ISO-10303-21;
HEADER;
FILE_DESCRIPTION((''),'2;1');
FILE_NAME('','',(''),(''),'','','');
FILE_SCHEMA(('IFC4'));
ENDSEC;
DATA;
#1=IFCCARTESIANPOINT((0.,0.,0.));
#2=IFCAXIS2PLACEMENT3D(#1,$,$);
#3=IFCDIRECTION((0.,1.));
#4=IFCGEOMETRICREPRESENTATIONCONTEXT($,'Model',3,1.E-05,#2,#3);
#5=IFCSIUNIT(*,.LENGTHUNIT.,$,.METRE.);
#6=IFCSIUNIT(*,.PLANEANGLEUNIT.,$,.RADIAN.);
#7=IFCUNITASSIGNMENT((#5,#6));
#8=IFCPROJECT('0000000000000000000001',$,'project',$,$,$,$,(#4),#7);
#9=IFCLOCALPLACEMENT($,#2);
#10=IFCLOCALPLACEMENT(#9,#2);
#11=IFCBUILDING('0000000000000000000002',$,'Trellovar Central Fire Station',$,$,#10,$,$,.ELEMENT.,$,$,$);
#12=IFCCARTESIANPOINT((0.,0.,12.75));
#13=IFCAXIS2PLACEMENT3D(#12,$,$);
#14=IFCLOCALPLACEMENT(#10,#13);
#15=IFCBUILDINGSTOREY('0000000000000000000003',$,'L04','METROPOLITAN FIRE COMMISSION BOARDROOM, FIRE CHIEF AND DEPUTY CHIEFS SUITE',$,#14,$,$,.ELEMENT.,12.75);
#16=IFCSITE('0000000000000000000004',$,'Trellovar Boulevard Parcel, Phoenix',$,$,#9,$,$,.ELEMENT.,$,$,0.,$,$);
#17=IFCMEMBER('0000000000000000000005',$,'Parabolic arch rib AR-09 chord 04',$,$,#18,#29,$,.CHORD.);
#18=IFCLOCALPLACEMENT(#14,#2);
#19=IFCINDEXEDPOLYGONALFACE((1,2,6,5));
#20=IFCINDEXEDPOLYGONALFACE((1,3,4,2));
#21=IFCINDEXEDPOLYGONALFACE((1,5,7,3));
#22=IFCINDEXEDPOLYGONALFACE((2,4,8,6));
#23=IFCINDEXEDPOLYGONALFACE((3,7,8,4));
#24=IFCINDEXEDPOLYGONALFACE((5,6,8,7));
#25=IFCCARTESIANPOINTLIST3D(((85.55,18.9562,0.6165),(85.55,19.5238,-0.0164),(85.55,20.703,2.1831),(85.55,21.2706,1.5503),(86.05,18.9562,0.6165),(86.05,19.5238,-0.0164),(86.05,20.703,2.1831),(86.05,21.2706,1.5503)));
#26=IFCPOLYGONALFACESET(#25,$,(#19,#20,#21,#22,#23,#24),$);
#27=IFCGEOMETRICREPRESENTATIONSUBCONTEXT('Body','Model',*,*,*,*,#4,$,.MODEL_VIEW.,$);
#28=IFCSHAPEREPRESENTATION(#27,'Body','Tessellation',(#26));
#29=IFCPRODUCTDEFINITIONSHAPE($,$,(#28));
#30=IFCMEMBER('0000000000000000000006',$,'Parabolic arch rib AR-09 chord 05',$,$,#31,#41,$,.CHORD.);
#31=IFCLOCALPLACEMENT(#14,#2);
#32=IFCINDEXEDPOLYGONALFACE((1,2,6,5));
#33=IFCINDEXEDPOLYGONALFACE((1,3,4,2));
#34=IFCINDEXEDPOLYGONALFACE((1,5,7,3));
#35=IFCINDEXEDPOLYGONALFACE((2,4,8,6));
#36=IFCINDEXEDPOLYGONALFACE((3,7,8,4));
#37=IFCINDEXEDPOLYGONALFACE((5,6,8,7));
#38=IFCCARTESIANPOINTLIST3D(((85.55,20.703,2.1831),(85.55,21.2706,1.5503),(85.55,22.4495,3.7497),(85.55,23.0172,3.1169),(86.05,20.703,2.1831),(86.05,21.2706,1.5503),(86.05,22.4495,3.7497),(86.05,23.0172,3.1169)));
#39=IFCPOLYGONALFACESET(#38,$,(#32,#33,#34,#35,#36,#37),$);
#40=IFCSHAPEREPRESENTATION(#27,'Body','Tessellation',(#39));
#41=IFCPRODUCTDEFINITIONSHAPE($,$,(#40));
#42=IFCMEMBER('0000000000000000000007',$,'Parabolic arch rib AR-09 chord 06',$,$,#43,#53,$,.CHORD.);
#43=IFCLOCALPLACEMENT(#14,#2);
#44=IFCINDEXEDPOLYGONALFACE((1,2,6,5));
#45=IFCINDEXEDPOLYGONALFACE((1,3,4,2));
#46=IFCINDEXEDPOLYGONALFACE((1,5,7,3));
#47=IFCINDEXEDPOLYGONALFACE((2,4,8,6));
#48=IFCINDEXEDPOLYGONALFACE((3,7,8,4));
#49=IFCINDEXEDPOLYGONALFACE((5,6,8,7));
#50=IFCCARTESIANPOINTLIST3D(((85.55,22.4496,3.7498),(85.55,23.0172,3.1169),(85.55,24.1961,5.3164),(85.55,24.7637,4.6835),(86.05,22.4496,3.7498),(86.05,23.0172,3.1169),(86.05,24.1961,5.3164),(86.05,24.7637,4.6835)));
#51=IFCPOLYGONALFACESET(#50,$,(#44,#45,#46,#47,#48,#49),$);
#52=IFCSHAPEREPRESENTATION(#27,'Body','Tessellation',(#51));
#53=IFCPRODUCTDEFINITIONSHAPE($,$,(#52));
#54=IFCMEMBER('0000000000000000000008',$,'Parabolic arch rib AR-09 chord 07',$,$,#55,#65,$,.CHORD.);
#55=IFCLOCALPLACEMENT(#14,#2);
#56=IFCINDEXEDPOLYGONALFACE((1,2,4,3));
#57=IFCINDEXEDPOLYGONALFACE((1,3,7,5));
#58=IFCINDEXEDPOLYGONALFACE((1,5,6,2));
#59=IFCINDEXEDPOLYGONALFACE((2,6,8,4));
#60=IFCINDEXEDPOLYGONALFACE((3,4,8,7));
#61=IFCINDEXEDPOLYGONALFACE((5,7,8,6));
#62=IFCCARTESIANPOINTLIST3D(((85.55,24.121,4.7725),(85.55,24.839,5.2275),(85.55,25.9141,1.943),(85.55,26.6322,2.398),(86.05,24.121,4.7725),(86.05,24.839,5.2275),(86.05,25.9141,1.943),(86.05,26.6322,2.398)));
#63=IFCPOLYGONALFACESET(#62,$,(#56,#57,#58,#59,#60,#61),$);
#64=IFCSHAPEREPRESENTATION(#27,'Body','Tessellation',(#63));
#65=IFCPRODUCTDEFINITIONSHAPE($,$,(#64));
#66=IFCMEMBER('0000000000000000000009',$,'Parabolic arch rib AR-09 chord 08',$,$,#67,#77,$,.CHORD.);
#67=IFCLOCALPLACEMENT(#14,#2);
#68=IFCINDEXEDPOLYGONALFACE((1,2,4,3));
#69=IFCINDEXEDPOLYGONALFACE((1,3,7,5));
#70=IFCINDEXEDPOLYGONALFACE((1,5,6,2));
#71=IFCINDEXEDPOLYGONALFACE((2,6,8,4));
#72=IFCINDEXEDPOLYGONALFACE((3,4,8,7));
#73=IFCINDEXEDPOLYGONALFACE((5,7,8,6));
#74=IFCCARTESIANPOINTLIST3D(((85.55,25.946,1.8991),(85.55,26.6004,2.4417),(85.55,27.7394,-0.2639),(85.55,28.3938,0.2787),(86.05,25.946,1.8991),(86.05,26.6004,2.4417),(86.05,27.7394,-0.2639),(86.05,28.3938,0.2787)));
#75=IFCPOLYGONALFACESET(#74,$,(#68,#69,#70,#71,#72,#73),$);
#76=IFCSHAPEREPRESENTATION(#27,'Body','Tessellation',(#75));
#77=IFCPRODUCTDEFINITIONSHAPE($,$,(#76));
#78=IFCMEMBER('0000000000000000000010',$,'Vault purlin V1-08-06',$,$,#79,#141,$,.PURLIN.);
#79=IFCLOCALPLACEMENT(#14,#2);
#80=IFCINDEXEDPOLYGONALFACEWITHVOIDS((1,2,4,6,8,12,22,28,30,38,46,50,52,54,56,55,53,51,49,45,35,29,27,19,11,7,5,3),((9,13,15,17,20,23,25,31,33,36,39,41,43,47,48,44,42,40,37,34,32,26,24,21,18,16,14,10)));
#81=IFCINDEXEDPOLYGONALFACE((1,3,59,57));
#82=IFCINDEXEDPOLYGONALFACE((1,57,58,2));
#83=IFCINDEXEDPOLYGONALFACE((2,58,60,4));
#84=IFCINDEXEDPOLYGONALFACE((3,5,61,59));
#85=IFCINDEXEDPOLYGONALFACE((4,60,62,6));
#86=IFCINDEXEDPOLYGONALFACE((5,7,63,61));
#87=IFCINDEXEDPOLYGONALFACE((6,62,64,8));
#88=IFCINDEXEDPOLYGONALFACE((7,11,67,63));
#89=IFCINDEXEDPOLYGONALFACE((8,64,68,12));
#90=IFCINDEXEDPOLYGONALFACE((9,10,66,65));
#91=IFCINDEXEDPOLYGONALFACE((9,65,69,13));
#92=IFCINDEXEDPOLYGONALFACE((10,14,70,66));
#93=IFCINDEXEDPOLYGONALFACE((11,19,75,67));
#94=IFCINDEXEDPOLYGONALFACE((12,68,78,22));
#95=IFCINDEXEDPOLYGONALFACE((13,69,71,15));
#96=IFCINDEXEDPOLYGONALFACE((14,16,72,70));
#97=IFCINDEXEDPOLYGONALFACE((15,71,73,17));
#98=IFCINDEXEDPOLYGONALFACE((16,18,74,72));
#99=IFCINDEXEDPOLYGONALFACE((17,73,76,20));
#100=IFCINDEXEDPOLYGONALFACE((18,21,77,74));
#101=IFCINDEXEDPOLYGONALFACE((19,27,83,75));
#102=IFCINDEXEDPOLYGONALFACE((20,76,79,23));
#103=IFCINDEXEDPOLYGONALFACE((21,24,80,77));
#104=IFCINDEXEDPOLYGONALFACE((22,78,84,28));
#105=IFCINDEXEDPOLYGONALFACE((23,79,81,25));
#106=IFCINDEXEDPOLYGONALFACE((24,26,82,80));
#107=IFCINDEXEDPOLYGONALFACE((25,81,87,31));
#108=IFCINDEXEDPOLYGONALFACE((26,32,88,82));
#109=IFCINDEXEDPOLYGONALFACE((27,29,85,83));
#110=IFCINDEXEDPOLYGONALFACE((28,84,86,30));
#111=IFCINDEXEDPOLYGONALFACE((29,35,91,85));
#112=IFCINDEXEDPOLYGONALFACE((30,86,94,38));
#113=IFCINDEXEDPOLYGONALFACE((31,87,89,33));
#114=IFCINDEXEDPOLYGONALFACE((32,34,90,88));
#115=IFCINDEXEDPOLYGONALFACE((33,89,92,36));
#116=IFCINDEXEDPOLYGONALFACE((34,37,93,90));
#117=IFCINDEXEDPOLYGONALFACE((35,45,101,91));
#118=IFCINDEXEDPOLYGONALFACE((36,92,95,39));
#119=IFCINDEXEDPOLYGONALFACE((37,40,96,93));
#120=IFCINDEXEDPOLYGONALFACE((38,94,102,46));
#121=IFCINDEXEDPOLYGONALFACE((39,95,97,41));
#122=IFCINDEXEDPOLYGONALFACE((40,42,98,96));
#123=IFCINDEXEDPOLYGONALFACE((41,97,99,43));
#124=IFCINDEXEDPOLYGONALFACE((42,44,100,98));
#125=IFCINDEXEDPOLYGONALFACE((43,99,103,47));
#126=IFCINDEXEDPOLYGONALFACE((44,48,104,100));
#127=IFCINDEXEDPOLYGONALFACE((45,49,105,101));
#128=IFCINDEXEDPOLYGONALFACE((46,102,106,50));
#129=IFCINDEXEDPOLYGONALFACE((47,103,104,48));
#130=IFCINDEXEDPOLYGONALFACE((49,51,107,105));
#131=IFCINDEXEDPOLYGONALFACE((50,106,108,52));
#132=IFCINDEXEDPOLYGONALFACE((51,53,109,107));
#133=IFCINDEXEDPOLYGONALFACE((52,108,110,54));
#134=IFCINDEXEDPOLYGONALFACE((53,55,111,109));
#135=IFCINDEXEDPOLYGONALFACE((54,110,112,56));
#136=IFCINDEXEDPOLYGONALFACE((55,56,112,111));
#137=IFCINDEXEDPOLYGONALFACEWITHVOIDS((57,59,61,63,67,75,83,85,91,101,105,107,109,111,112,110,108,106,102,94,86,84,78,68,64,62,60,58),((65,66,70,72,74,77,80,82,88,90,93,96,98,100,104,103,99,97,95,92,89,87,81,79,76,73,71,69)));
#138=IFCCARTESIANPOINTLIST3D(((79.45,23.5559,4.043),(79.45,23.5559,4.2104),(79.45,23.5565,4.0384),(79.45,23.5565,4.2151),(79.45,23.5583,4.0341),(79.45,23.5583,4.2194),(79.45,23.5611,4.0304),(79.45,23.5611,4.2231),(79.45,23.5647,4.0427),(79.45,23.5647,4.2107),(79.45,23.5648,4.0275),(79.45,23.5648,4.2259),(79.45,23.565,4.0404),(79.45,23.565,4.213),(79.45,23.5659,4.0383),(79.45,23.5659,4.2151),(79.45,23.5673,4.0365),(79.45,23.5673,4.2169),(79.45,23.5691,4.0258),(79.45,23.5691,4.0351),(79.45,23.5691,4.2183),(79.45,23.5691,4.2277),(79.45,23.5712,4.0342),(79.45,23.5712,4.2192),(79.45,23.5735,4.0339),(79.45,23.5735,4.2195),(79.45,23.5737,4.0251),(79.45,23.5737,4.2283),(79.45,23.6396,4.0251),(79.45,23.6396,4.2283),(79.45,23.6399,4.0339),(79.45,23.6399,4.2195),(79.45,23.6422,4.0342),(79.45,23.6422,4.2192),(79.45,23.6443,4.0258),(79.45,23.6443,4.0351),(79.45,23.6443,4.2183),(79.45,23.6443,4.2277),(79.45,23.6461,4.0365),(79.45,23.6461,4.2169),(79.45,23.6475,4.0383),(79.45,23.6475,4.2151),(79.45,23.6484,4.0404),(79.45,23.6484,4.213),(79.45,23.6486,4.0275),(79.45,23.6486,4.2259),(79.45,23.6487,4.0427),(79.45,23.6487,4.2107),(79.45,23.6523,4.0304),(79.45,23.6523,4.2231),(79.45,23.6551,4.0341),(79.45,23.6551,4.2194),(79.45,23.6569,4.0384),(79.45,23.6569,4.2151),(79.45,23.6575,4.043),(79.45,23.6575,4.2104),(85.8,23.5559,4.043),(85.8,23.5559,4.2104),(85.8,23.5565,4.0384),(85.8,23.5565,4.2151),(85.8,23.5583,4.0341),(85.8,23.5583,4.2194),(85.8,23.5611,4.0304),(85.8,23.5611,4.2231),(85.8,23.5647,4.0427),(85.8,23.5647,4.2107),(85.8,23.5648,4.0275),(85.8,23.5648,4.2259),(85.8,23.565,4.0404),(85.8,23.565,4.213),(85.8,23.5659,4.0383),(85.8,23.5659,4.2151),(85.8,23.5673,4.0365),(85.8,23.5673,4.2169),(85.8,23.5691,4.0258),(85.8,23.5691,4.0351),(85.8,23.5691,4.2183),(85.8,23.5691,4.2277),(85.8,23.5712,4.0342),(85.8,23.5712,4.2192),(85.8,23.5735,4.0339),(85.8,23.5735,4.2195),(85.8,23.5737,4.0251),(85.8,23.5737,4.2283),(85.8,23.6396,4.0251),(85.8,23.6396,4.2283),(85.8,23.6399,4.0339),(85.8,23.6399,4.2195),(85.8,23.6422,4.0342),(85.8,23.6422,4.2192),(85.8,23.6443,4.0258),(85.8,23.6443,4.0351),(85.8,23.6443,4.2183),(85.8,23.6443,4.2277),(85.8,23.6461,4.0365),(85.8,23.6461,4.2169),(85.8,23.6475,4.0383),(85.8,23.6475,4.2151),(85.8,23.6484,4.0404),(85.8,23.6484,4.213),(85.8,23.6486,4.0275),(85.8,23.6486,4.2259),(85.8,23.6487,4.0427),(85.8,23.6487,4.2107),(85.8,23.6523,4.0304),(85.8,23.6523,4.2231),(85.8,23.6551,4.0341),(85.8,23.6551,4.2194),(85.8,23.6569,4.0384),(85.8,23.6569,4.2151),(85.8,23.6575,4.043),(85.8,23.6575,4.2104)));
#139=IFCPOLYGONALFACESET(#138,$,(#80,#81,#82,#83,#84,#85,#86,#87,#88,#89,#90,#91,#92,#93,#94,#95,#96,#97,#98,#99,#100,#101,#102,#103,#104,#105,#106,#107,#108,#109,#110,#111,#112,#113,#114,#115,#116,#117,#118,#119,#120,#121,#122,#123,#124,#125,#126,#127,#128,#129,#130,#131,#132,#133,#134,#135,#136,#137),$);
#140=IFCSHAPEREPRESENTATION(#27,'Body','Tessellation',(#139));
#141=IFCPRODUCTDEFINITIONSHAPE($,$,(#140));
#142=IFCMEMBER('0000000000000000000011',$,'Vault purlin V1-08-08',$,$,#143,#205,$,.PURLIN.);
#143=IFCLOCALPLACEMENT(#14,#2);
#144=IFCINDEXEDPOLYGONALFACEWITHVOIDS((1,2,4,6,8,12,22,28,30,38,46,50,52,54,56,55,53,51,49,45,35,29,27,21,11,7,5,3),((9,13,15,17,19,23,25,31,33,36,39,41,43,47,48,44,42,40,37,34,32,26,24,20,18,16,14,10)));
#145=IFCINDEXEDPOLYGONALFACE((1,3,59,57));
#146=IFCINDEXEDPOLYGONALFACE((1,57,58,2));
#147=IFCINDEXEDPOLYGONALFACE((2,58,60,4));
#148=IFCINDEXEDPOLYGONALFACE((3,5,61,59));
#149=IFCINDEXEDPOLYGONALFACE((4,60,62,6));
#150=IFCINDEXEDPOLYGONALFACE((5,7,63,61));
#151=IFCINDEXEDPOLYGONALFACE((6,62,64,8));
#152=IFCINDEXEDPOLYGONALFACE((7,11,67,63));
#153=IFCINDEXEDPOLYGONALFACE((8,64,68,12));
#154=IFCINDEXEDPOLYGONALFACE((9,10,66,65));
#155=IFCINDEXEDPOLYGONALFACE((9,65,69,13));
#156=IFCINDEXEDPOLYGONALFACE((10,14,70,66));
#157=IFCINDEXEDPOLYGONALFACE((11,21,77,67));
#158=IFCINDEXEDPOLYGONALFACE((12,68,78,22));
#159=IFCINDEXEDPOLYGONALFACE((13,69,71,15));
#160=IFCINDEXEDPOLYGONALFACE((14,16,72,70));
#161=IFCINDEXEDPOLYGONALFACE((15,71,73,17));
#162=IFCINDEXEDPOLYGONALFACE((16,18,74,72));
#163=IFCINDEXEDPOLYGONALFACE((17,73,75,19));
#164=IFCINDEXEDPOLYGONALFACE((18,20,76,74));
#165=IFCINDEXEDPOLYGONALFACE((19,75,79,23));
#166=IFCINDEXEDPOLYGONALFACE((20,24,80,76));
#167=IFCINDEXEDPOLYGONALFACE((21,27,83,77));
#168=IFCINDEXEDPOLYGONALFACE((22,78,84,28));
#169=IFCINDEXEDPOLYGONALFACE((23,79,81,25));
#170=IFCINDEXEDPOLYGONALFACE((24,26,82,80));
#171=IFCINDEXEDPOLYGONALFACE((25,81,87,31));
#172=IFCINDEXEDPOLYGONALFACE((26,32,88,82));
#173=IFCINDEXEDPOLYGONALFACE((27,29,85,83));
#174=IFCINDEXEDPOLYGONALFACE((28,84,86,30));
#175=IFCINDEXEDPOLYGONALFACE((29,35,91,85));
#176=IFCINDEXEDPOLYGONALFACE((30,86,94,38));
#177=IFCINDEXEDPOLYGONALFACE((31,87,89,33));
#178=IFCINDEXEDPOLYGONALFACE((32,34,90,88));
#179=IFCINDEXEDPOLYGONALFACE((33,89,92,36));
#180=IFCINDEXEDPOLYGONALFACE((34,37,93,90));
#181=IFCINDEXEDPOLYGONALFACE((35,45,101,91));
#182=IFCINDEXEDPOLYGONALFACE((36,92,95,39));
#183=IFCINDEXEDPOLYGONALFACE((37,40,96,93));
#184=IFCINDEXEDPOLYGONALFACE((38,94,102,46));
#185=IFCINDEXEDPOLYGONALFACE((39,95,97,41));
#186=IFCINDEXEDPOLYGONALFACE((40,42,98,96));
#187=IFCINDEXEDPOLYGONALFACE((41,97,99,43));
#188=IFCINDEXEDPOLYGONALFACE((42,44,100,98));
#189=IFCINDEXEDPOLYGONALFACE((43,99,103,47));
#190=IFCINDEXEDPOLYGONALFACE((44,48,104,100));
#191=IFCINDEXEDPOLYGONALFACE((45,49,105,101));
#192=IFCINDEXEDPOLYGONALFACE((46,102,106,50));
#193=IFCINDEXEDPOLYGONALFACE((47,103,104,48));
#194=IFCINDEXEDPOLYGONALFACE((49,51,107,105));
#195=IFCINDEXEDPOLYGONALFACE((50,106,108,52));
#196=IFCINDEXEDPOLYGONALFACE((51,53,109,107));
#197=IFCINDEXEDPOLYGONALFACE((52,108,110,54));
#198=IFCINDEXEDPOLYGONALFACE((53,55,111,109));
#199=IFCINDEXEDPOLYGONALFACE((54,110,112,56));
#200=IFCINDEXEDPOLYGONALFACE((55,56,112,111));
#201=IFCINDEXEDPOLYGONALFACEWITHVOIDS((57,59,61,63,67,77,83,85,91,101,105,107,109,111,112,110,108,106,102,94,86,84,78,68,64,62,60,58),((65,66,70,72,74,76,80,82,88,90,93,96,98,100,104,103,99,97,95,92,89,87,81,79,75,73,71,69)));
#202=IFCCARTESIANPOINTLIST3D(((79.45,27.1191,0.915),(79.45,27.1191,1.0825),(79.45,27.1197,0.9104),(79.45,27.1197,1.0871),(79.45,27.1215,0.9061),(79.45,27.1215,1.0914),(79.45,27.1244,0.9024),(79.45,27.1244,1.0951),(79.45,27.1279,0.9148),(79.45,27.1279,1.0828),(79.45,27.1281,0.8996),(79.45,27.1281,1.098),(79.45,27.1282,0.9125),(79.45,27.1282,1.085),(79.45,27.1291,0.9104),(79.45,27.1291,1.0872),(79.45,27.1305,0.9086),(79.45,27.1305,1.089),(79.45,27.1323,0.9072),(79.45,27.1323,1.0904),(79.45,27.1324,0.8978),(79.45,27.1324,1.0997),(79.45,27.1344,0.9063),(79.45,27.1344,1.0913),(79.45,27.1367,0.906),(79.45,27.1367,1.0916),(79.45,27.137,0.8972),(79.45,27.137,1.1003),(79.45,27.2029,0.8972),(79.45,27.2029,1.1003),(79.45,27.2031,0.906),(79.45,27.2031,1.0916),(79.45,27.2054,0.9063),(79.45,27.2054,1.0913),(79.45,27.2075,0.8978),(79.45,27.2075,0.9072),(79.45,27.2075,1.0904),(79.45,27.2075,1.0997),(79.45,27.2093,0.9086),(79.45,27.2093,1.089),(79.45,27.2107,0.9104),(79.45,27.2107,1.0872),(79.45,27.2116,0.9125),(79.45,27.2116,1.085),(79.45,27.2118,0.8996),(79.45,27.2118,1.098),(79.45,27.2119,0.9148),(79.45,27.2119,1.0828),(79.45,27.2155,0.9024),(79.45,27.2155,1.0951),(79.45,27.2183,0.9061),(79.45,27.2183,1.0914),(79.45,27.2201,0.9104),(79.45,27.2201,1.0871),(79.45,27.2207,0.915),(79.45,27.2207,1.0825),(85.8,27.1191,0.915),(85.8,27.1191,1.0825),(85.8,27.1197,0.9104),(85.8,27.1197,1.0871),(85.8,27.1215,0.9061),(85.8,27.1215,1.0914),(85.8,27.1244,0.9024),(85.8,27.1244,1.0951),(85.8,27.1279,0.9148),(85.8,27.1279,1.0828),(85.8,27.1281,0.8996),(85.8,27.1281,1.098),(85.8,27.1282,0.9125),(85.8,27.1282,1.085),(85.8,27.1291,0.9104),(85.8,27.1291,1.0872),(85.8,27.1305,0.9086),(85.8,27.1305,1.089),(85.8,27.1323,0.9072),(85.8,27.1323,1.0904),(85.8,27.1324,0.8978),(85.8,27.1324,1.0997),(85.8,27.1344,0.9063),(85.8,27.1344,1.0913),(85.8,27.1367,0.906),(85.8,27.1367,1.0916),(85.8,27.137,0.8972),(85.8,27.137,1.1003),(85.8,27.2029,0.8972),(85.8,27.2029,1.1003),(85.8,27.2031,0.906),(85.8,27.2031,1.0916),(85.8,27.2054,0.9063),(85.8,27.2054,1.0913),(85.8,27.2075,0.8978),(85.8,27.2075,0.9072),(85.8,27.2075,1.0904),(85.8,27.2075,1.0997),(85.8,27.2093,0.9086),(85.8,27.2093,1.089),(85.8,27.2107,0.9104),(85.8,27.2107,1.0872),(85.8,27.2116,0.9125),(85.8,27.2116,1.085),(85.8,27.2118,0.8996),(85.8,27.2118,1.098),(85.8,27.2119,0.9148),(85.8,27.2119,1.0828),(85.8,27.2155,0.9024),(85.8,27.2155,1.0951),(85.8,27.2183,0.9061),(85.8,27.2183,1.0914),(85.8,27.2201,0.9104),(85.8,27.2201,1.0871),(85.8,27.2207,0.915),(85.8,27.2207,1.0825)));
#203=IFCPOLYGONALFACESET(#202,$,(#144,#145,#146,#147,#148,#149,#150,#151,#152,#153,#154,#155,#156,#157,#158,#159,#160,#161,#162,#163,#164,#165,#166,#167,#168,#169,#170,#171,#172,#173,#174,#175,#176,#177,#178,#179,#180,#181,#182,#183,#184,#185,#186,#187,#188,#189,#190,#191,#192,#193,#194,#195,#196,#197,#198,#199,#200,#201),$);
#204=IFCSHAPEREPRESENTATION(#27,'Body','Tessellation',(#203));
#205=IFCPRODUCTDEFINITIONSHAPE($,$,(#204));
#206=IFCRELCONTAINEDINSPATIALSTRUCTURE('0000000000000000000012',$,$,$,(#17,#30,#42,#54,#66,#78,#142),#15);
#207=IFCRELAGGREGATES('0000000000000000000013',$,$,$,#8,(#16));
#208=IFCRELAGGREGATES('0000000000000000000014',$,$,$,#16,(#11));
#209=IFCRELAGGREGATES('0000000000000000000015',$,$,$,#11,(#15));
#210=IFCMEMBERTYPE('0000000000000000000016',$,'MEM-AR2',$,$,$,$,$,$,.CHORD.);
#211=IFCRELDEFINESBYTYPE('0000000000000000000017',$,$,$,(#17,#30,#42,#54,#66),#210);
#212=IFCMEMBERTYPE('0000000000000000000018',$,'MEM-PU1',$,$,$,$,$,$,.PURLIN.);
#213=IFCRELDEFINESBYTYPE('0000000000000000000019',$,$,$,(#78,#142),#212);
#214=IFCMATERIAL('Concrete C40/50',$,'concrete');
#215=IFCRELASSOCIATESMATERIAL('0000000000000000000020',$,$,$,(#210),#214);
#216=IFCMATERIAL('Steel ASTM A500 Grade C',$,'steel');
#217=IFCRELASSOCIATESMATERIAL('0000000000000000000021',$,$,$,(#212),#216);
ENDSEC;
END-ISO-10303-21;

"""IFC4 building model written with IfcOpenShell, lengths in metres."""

from ifc_helpers import new_model, si_unit, direction, frame, origin, origin_2d, place, context, subcontext, project, spatial, rectangle, hollow_rectangle, extrude, material, material_profile, profile_set, type_object, element, save


model = new_model("IFC4")

# Units and contexts
model_context = context("Model", 3, precision=1e-05, world=origin(), true_north=direction((0.0, 1.0)))
body_context = subcontext(model_context, "Body", "Model", "MODEL_VIEW")
ifc_project = project(units=[si_unit("LENGTHUNIT", "METRE"), si_unit("PLANEANGLEUNIT", "RADIAN")], contexts=[model_context])

# Site, building, storey
site_placement = place(None, origin())
site = spatial("IfcSite", under=ifc_project, at=site_placement, Name="Trellovar Boulevard Parcel, Phoenix", CompositionType="ELEMENT", RefElevation=0.0)
building_placement = place(site_placement, origin())
building = spatial("IfcBuilding", under=site, at=building_placement, Name="Trellovar Central Fire Station", CompositionType="ELEMENT")
storey_placement = place(building_placement, frame((0.0, 0.0, 12.75)))
storey = spatial("IfcBuildingStorey", under=building, at=storey_placement, Name="L04", Description="METROPOLITAN FIRE COMMISSION BOARDROOM, FIRE CHIEF AND DEPUTY CHIEFS SUITE", CompositionType="ELEMENT", Elevation=12.75)

# Members
ifc_material_1 = material(Name="Concrete C40/50", Category="concrete")
ifc_material_profile_1 = material_profile(ifc_material_1, rectangle(XDim=0.5, YDim=0.8501, at=origin_2d()), Name="RC500X850")
ifc_profile_set_1 = profile_set([ifc_material_profile_1], Name="Concrete C40/50")
member_type_1 = type_object("IfcMemberType", Name="MEM-AR2", PredefinedType="CHORD", material=ifc_profile_set_1)
member_1_placement = place(storey_placement, frame((85.8, 19.24, 0.3), z_axis=(0.0, 0.744457, 0.66767), x_axis=(-1.0, 0.0, 0.0)))
element("IfcMember", 1, at=member_1_placement, inside=storey, type_object=member_type_1, Name="Parabolic arch rib AR-09 chord 04", PredefinedType="CHORD", context=body_context, shape_type="SweptSolid", body=[
    extrude(rectangle(XDim=0.5, YDim=0.8501, at=origin_2d()), origin(), (0.0, 0.0, 1.0), 2.3464),
])
for number, where, z_axis, x_axis, name in (
    (2, (85.8, 20.9868, 1.8667), (0.0, 0.744411, 0.667722), (-1.0, 0.0, 0.0), "Parabolic arch rib AR-09 chord 05"),
    (3, (85.8, 22.7334, 3.4333), (0.0, 0.744411, 0.667722), (-1.0, 0.0, 0.0), "Parabolic arch rib AR-09 chord 06"),
):
    element("IfcMember", number, at=place(storey_placement, frame(where, z_axis=z_axis, x_axis=x_axis)), inside=storey, type_object=member_type_1, Name=name, PredefinedType="CHORD", context=body_context, shape_type="SweptSolid", body=[
        extrude(rectangle(XDim=0.5, YDim=0.8501, at=origin_2d()), origin(), (0.0, 0.0, 1.0), 2.3462),
    ])
member_2_placement = place(storey_placement, frame((85.8, 24.48, 5.0), z_axis=(0.0, 0.535295, -0.844665), x_axis=(-1.0, 0.0, 0.0)))
element("IfcMember", 4, at=member_2_placement, inside=storey, type_object=member_type_1, Name="Parabolic arch rib AR-09 chord 07", PredefinedType="CHORD", context=body_context, shape_type="SweptSolid", body=[
    extrude(rectangle(XDim=0.5, YDim=0.8501, at=origin_2d()), origin(), (0.0, 0.0, 1.0), 3.3499),
])
member_3_placement = place(storey_placement, frame((85.8, 26.2732, 2.1704), z_axis=(0.0, 0.638268, -0.769814), x_axis=(-1.0, 0.0, 0.0)))
element("IfcMember", 5, at=member_3_placement, inside=storey, type_object=member_type_1, Name="Parabolic arch rib AR-09 chord 08", PredefinedType="CHORD", context=body_context, shape_type="SweptSolid", body=[
    extrude(rectangle(XDim=0.5, YDim=0.8501, at=origin_2d()), origin(), (0.0, 0.0, 1.0), 2.8098),
])
ifc_material_2 = material(Name="Steel ASTM A500 Grade C", Category="steel")
ifc_material_profile_2 = material_profile(ifc_material_2, hollow_rectangle(XDim=0.1016, YDim=0.2031, WallThickness=0.0088, InnerFilletRadius=0.0088, OuterFilletRadius=0.0178, at=origin_2d()), Name="HSS8X4X3/8")
ifc_profile_set_2 = profile_set([ifc_material_profile_2], Name="Steel ASTM A500 Grade C")
member_type_2 = type_object("IfcMemberType", Name="MEM-PU1", PredefinedType="PURLIN", material=ifc_profile_set_2)
for number, where, z_axis, x_axis, name in (
    (6, (79.45, 23.6067, 4.1267), (1.0, 0.0, 0.0), (0.0, 1.0, 0.0), "Vault purlin V1-08-06"),
    (7, (79.45, 27.1699, 0.9988), (1.0, 0.0, 0.0), (0.0, 1.0, 0.0), "Vault purlin V1-08-08"),
):
    element("IfcMember", number, at=place(storey_placement, frame(where, z_axis=z_axis, x_axis=x_axis)), inside=storey, type_object=member_type_2, Name=name, PredefinedType="PURLIN", context=body_context, shape_type="SweptSolid", body=[
        extrude(hollow_rectangle(XDim=0.1016, YDim=0.2031, WallThickness=0.0088, InnerFilletRadius=0.0088, OuterFilletRadius=0.0178, at=origin_2d()), origin(), (0.0, 0.0, 1.0), 6.3501),
    ])

save(model, "model.ifc")
